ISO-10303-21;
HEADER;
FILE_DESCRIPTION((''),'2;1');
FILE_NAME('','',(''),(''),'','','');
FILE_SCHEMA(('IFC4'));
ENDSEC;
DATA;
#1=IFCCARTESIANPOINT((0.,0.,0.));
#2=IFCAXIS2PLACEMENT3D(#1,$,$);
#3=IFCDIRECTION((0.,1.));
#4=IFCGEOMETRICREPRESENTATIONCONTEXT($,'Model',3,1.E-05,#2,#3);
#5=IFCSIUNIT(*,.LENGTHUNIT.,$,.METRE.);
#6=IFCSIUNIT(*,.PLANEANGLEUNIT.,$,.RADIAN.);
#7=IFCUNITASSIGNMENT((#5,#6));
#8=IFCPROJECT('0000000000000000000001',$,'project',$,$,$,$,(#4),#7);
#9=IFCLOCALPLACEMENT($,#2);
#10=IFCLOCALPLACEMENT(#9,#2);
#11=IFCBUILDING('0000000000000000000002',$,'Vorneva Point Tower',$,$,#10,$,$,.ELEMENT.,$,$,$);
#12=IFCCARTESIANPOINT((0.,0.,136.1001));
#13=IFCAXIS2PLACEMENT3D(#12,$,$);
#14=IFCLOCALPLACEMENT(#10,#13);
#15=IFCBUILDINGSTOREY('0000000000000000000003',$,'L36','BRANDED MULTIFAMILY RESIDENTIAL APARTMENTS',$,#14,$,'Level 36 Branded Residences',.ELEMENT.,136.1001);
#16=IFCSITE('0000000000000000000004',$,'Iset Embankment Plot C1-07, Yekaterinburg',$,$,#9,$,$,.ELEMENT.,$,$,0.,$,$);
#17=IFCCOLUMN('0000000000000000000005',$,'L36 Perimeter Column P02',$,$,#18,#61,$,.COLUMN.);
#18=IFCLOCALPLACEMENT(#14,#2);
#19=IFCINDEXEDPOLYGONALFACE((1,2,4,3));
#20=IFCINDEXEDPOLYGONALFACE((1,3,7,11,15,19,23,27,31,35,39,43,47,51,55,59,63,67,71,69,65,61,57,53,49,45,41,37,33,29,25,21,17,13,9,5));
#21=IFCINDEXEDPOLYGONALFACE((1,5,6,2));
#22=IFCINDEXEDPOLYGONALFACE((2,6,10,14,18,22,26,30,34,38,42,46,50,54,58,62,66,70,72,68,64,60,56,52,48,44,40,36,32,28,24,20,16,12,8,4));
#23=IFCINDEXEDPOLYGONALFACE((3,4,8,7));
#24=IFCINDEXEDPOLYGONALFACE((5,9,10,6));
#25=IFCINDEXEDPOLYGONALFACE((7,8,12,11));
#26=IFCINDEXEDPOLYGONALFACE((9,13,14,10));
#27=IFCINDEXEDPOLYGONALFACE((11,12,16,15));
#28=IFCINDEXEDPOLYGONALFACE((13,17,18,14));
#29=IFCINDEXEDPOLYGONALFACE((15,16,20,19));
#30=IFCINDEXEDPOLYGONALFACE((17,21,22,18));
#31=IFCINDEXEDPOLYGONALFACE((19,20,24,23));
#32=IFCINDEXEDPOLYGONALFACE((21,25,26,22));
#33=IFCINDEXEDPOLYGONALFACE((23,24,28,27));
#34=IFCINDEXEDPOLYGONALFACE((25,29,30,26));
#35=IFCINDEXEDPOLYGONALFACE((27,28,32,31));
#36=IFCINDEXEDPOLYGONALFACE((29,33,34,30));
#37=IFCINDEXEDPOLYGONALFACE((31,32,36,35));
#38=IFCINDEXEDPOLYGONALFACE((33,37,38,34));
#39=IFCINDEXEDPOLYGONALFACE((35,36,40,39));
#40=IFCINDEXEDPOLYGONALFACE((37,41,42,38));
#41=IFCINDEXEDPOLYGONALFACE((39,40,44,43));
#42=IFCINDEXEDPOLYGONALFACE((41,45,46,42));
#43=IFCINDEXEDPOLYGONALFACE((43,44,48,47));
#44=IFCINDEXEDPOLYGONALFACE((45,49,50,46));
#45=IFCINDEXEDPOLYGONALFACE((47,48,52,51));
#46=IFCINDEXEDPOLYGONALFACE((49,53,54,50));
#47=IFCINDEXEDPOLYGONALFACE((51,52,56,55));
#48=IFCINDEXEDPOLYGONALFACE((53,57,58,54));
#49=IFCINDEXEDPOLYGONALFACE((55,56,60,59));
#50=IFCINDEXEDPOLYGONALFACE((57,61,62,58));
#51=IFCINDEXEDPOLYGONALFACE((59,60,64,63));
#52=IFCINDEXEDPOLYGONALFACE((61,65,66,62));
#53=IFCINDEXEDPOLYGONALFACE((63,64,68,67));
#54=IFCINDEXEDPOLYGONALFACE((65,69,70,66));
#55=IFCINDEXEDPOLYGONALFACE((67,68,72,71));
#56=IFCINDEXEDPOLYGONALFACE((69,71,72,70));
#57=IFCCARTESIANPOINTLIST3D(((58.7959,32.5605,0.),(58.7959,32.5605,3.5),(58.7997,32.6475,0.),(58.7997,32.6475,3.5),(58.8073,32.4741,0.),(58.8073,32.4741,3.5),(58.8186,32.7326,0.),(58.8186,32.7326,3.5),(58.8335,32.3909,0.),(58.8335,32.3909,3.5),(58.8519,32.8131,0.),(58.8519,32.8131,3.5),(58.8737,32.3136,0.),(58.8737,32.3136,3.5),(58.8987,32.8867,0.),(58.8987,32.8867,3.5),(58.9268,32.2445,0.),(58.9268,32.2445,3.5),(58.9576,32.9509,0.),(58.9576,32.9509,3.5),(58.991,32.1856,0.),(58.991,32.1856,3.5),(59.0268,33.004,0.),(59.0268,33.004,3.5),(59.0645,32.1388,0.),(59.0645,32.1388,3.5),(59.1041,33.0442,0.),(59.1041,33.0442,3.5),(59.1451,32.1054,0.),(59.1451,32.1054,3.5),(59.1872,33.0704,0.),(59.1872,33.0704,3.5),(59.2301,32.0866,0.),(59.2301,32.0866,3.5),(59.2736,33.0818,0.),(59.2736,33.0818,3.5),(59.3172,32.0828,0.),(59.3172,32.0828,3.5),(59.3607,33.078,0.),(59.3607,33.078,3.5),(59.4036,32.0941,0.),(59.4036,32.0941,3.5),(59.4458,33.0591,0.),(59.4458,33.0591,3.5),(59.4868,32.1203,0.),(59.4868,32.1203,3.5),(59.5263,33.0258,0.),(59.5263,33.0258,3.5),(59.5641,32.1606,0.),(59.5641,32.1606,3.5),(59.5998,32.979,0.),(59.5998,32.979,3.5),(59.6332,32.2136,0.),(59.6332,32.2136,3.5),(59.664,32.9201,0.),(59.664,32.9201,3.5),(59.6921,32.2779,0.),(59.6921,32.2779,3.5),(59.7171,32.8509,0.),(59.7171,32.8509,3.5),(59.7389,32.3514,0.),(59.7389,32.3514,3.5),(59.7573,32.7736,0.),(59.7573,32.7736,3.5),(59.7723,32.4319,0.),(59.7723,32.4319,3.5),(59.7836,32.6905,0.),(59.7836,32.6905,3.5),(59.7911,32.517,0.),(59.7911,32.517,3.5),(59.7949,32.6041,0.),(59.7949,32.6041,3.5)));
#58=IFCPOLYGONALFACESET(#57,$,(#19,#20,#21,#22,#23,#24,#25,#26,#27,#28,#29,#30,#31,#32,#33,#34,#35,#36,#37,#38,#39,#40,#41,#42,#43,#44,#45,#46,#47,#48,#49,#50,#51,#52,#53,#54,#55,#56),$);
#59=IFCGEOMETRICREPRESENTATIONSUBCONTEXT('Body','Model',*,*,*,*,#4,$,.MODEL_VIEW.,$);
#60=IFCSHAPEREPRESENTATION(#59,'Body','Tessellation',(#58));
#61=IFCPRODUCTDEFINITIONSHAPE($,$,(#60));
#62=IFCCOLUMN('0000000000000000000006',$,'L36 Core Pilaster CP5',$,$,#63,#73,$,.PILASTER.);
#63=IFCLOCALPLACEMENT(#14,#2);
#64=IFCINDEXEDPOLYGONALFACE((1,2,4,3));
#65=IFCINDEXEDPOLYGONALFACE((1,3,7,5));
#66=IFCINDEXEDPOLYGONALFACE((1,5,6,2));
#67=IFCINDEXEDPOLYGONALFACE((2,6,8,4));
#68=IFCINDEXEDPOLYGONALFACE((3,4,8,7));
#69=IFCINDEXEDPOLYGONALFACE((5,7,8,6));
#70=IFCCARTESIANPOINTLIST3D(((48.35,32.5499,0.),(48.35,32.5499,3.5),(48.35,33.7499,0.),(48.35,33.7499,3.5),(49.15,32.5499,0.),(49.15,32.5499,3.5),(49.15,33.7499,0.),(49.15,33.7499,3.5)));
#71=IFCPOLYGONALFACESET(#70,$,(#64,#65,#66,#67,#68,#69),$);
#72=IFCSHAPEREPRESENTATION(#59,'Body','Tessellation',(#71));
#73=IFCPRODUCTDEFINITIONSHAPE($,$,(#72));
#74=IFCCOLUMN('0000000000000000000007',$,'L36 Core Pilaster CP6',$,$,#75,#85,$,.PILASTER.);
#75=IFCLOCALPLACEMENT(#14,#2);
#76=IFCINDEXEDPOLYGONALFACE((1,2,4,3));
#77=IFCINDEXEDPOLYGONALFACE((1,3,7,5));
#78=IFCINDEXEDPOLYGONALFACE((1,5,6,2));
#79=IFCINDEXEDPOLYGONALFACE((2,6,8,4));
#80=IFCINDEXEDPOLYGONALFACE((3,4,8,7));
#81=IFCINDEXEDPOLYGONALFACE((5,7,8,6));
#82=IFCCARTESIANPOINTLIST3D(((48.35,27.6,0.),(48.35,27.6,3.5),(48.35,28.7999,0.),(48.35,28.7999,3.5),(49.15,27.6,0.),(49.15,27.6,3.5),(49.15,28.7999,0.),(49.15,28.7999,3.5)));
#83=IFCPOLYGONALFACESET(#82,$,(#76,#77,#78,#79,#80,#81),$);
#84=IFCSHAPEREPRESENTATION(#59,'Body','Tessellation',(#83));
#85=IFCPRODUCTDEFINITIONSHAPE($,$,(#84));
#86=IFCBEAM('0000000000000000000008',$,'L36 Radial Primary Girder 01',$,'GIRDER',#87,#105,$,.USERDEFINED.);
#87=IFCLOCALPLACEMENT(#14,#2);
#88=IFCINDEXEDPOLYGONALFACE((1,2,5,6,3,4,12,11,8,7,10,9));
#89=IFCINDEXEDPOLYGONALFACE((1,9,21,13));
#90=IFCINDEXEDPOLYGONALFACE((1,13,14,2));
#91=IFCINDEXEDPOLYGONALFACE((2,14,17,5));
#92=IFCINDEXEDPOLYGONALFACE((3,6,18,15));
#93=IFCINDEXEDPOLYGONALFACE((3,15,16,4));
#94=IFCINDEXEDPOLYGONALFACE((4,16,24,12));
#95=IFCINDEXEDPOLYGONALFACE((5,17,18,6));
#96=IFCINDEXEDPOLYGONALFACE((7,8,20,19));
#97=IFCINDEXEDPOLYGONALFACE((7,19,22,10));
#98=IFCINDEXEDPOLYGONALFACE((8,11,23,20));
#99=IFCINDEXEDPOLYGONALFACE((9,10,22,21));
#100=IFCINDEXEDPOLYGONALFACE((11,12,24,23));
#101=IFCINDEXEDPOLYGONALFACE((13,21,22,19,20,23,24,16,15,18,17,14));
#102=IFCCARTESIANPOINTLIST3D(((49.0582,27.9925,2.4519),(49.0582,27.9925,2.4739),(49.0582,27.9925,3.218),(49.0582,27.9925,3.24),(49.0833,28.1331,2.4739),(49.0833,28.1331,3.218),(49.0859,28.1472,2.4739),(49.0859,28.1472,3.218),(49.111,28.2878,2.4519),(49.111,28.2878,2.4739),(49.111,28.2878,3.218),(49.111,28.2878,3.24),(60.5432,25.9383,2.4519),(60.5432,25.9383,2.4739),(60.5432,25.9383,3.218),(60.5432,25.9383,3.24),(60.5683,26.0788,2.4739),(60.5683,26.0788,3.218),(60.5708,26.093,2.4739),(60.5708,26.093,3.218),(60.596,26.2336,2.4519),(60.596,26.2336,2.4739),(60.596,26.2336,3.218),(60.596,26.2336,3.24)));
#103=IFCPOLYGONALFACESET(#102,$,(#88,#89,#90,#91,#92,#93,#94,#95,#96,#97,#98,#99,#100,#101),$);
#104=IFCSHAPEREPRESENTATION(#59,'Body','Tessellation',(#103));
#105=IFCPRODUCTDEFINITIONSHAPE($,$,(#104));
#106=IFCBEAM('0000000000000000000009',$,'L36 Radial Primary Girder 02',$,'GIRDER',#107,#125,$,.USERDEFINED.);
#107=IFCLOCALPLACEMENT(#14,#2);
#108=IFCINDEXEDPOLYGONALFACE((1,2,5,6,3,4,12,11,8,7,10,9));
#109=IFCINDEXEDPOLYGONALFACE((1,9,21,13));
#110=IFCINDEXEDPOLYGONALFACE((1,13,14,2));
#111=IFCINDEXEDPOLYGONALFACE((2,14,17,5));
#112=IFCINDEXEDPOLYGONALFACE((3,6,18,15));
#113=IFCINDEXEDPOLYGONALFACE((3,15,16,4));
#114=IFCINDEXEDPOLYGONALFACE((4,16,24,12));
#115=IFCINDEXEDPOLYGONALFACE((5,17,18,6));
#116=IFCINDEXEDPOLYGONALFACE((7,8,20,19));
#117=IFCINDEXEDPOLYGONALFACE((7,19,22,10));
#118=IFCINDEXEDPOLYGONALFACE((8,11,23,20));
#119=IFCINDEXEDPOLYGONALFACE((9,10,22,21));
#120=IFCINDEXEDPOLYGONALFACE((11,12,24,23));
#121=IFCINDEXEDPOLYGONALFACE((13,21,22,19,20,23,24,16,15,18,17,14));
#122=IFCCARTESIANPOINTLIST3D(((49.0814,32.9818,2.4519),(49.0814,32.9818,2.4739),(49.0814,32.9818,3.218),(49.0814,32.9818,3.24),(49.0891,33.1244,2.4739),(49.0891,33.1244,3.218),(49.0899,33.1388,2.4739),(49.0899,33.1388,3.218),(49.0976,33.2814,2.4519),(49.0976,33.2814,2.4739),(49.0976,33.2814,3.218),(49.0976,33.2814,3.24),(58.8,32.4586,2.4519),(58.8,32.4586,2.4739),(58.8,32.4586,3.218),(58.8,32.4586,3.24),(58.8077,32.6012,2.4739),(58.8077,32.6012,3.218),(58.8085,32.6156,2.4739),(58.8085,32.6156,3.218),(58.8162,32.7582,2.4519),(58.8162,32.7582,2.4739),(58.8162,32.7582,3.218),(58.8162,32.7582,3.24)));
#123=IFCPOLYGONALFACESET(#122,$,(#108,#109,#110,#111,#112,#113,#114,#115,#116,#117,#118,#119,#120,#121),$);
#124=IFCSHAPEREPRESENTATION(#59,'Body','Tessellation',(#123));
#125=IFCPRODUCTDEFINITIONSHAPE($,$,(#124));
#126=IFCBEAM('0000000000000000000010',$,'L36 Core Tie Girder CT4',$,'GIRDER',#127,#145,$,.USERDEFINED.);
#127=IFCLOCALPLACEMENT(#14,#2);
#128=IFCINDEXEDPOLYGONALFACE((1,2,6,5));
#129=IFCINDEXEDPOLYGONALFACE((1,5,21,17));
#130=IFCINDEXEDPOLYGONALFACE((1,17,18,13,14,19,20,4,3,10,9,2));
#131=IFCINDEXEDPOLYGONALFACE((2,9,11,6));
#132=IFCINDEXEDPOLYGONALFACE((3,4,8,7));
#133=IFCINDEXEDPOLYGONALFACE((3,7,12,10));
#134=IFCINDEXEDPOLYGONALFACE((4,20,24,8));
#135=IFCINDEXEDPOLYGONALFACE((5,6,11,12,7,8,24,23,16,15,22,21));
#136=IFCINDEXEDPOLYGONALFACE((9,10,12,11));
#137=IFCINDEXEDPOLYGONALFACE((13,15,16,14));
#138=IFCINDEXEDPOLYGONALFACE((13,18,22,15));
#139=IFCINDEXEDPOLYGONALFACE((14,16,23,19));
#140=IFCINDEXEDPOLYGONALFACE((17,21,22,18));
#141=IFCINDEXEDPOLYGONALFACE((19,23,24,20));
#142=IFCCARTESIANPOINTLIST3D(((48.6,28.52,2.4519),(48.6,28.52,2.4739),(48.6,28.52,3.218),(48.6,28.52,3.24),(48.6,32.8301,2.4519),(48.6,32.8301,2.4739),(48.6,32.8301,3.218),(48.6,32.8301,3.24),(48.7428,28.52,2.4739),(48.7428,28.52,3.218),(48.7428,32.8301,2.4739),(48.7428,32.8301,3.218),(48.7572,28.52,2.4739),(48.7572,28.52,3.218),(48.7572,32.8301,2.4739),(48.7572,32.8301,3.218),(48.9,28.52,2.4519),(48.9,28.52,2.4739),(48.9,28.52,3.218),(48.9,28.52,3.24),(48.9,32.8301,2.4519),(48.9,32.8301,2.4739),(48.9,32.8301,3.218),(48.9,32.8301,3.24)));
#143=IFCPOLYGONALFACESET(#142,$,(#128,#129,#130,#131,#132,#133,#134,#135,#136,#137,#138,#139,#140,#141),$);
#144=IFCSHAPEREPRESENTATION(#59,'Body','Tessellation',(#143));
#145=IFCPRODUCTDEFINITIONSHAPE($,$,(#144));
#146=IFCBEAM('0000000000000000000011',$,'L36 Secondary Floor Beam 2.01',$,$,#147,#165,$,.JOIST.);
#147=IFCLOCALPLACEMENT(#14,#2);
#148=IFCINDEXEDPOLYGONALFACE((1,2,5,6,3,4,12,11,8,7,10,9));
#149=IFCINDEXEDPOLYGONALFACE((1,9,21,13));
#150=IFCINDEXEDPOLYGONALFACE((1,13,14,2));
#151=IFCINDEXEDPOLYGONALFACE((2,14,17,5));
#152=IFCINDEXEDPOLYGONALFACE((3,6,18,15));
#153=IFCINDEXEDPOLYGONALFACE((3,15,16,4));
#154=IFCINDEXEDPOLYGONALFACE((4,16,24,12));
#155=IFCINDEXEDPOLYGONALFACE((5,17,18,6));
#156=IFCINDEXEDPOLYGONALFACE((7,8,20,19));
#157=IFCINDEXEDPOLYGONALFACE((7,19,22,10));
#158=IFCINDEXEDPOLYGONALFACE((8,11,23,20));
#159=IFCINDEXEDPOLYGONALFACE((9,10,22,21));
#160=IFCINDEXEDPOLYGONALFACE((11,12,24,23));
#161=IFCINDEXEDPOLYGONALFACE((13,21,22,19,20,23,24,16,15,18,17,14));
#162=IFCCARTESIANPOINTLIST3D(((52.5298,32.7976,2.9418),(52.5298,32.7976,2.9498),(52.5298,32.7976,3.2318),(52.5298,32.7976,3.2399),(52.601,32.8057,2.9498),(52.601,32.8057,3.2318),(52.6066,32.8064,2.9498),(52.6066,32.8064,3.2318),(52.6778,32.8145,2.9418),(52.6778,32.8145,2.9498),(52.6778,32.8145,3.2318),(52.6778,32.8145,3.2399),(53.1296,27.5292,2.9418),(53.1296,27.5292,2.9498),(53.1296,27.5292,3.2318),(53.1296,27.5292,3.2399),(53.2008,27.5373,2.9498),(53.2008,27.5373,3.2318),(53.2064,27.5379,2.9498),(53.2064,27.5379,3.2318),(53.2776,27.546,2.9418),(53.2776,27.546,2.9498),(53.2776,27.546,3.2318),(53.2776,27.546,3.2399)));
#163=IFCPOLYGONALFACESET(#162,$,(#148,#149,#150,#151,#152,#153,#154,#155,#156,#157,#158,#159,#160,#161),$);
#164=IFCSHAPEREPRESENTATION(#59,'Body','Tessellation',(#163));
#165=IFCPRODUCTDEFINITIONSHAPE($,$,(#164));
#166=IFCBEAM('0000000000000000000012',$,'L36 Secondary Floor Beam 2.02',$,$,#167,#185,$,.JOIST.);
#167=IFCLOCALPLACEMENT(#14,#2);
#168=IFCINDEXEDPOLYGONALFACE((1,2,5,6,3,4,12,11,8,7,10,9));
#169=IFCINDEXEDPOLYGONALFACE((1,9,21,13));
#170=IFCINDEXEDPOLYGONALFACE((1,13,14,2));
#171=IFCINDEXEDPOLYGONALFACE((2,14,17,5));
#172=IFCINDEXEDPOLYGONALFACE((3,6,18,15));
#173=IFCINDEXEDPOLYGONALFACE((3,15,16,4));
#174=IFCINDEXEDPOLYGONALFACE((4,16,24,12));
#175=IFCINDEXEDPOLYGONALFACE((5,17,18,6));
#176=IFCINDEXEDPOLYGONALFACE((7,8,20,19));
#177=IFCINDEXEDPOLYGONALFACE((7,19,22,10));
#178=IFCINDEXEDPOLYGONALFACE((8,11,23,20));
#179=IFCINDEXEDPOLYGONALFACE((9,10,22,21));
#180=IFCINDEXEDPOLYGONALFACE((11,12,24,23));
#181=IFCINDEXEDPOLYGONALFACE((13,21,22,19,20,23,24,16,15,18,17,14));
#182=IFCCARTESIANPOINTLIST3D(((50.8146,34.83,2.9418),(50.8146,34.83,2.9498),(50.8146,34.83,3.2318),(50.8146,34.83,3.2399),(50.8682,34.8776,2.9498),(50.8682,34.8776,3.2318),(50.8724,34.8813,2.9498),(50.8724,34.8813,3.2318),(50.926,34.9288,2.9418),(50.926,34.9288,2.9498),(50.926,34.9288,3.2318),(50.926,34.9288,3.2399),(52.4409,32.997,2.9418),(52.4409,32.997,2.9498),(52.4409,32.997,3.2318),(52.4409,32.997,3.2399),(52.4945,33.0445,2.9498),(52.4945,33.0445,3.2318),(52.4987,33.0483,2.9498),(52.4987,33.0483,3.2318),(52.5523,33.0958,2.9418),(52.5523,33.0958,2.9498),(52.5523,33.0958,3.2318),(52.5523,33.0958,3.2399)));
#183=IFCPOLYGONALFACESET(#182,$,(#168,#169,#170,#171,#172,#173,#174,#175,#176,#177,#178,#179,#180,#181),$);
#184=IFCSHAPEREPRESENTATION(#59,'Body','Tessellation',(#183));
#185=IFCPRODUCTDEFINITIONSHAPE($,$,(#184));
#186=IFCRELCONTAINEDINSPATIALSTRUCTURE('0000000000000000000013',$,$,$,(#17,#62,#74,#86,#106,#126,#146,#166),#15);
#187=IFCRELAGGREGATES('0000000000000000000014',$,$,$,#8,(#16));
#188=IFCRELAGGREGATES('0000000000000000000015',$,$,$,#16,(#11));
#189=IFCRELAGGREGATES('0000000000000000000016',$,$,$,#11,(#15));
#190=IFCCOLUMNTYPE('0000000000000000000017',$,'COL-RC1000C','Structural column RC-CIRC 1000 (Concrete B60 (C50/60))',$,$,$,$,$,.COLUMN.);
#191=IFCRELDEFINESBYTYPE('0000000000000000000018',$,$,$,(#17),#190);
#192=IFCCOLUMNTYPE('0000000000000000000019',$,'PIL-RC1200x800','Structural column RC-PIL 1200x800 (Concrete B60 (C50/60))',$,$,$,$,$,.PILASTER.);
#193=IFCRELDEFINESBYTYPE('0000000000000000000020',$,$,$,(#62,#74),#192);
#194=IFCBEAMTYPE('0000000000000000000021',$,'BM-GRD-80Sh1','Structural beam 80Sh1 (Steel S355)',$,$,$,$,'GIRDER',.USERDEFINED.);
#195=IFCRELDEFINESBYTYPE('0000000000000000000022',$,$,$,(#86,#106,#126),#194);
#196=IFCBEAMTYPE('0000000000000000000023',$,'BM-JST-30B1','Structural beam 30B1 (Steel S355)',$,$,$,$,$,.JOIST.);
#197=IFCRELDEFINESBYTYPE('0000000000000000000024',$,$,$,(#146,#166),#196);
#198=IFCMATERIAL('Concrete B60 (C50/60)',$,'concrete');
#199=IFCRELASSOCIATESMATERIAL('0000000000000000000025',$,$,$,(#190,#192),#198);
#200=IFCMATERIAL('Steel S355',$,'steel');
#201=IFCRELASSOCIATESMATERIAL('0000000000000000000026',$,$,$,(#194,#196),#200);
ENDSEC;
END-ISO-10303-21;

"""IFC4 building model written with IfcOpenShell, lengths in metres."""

from ifc_helpers import new_model, si_unit, direction, frame, origin, origin_2d, place, context, subcontext, project, spatial, rectangle, circle, i_section, extrude, material, material_profile, profile_set, type_object, element, save


model = new_model("IFC4")

# Units and contexts
model_context = context("Model", 3, precision=1e-05, world=origin(), true_north=direction((0.0, 1.0)))
body_context = subcontext(model_context, "Body", "Model", "MODEL_VIEW")
ifc_project = project(units=[si_unit("LENGTHUNIT", "METRE"), si_unit("PLANEANGLEUNIT", "RADIAN")], contexts=[model_context])

# Site, building, storey
site_placement = place(None, origin())
site = spatial("IfcSite", under=ifc_project, at=site_placement, Name="Iset Embankment Plot C1-07, Yekaterinburg", CompositionType="ELEMENT", RefElevation=0.0)
building_placement = place(site_placement, origin())
building = spatial("IfcBuilding", under=site, at=building_placement, Name="Vorneva Point Tower", CompositionType="ELEMENT")
storey_placement = place(building_placement, frame((0.0, 0.0, 136.1001)))
storey = spatial("IfcBuildingStorey", under=building, at=storey_placement, Name="L36", Description="BRANDED MULTIFAMILY RESIDENTIAL APARTMENTS", LongName="Level 36 Branded Residences", CompositionType="ELEMENT", Elevation=136.1001)

# Columns
ifc_material_1 = material(Name="Concrete B60 (C50/60)", Category="concrete")
ifc_material_profile_1 = material_profile(ifc_material_1, circle(Radius=0.5, at=origin_2d()), Name="RC-CIRC 1000")
ifc_profile_set_1 = profile_set([ifc_material_profile_1], Name="Concrete B60 (C50/60)")
column_type_1 = type_object("IfcColumnType", Name="COL-RC1000C", Description="Structural column RC-CIRC 1000 (Concrete B60 (C50/60))", PredefinedType="COLUMN", material=ifc_profile_set_1)
column_placement = place(storey_placement, frame((59.2954, 32.5823, 0.0), z_axis=(0.0, 0.0, 1.0), x_axis=(0.92388, 0.382683, 0.0)))
element("IfcColumn", 1, at=column_placement, inside=storey, type_object=column_type_1, Name="L36 Perimeter Column P02", PredefinedType="COLUMN", context=body_context, shape_type="SweptSolid", body=[
    extrude(circle(Radius=0.5, at=origin_2d()), origin(), (0.0, 0.0, 1.0), 3.5),
])
ifc_material_profile_2 = material_profile(ifc_material_1, rectangle(XDim=0.8, YDim=1.2, at=origin_2d()), Name="RC-PIL 1200x800")
ifc_profile_set_2 = profile_set([ifc_material_profile_2], Name="Concrete B60 (C50/60)")
column_type_2 = type_object("IfcColumnType", Name="PIL-RC1200x800", Description="Structural column RC-PIL 1200x800 (Concrete B60 (C50/60))", PredefinedType="PILASTER", material=ifc_profile_set_2)
for number, where, z_axis, x_axis, name in (
    (2, (48.75, 33.1499, 0.0), (0.0, 0.0, 1.0), (1.0, 0.0, 0.0), "L36 Core Pilaster CP5"),
    (3, (48.75, 28.2, 0.0), (0.0, 0.0, 1.0), (1.0, 0.0, 0.0), "L36 Core Pilaster CP6"),
):
    element("IfcColumn", number, at=place(storey_placement, frame(where, z_axis=z_axis, x_axis=x_axis)), inside=storey, type_object=column_type_2, Name=name, PredefinedType="PILASTER", context=body_context, shape_type="SweptSolid", body=[
        extrude(rectangle(XDim=0.8, YDim=1.2, at=origin_2d()), origin(), (0.0, 0.0, 1.0), 3.5),
    ])

# Beams
ifc_material_2 = material(Name="Steel S355", Category="steel")
ifc_material_profile_3 = material_profile(ifc_material_2, i_section(OverallWidth=0.3, OverallDepth=0.7881, WebThickness=0.0144, FlangeThickness=0.022, at=origin_2d()), Name="80Sh1")
ifc_profile_set_3 = profile_set([ifc_material_profile_3], Name="Steel S355")
beam_type_1 = type_object("IfcBeamType", Name="BM-GRD-80Sh1", Description="Structural beam 80Sh1 (Steel S355)", ElementType="GIRDER", PredefinedType="USERDEFINED", material=ifc_profile_set_3)
beam_1_placement = place(storey_placement, frame((60.5696, 26.0859, 2.8459), z_axis=(-0.984378, 0.176067, 0.0), x_axis=(-0.176067, -0.984378, 0.0)))
element("IfcBeam", 4, at=beam_1_placement, inside=storey, type_object=beam_type_1, Name="L36 Radial Primary Girder 01", ObjectType="GIRDER", PredefinedType="USERDEFINED", context=body_context, shape_type="SweptSolid", body=[
    extrude(i_section(OverallWidth=0.3, OverallDepth=0.7881, WebThickness=0.0144, FlangeThickness=0.022, at=origin_2d()), origin(), (0.0, 0.0, 1.0), 11.6672),
])
beam_2_placement = place(storey_placement, frame((58.8081, 32.6084, 2.8459), z_axis=(-0.998554, 0.053757, 0.0), x_axis=(-0.053757, -0.998554, 0.0)))
element("IfcBeam", 5, at=beam_2_placement, inside=storey, type_object=beam_type_1, Name="L36 Radial Primary Girder 02", ObjectType="GIRDER", PredefinedType="USERDEFINED", context=body_context, shape_type="SweptSolid", body=[
    extrude(i_section(OverallWidth=0.3, OverallDepth=0.7881, WebThickness=0.0144, FlangeThickness=0.022, at=origin_2d()), origin(), (0.0, 0.0, 1.0), 9.7327),
])
beam_3_placement = place(storey_placement, frame((48.75, 28.52, 2.8459), z_axis=(0.0, 1.0, 0.0), x_axis=(-1.0, 0.0, 0.0)))
element("IfcBeam", 6, at=beam_3_placement, inside=storey, type_object=beam_type_1, Name="L36 Core Tie Girder CT4", ObjectType="GIRDER", PredefinedType="USERDEFINED", context=body_context, shape_type="SweptSolid", body=[
    extrude(i_section(OverallWidth=0.3, OverallDepth=0.7881, WebThickness=0.0144, FlangeThickness=0.022, at=origin_2d()), origin(), (0.0, 0.0, 1.0), 4.3101),
])
ifc_material_profile_4 = material_profile(ifc_material_2, i_section(OverallWidth=0.1489, OverallDepth=0.2981, WebThickness=0.0056, FlangeThickness=0.0081, at=origin_2d()), Name="30B1")
ifc_profile_set_4 = profile_set([ifc_material_profile_4], Name="Steel S355")
beam_type_2 = type_object("IfcBeamType", Name="BM-JST-30B1", Description="Structural beam 30B1 (Steel S355)", PredefinedType="JOIST", material=ifc_profile_set_4)
beam_4_placement = place(storey_placement, frame((53.2036, 27.5376, 3.0908), z_axis=(-0.113125, 0.993581, 0.0), x_axis=(-0.993581, -0.113125, 0.0)))
element("IfcBeam", 7, at=beam_4_placement, inside=storey, type_object=beam_type_2, Name="L36 Secondary Floor Beam 2.01", PredefinedType="JOIST", context=body_context, shape_type="SweptSolid", body=[
    extrude(i_section(OverallWidth=0.1489, OverallDepth=0.2981, WebThickness=0.0056, FlangeThickness=0.0081, at=origin_2d()), origin(), (0.0, 0.0, 1.0), 5.3025),
])
beam_5_placement = place(storey_placement, frame((52.4966, 33.0464, 3.0908), z_axis=(-0.663652, 0.748041, 0.0), x_axis=(-0.748041, -0.663652, 0.0)))
element("IfcBeam", 8, at=beam_5_placement, inside=storey, type_object=beam_type_2, Name="L36 Secondary Floor Beam 2.02", PredefinedType="JOIST", context=body_context, shape_type="SweptSolid", body=[
    extrude(i_section(OverallWidth=0.1489, OverallDepth=0.2981, WebThickness=0.0056, FlangeThickness=0.0081, at=origin_2d()), origin(), (0.0, 0.0, 1.0), 2.4504),
])

save(model, "model.ifc")
